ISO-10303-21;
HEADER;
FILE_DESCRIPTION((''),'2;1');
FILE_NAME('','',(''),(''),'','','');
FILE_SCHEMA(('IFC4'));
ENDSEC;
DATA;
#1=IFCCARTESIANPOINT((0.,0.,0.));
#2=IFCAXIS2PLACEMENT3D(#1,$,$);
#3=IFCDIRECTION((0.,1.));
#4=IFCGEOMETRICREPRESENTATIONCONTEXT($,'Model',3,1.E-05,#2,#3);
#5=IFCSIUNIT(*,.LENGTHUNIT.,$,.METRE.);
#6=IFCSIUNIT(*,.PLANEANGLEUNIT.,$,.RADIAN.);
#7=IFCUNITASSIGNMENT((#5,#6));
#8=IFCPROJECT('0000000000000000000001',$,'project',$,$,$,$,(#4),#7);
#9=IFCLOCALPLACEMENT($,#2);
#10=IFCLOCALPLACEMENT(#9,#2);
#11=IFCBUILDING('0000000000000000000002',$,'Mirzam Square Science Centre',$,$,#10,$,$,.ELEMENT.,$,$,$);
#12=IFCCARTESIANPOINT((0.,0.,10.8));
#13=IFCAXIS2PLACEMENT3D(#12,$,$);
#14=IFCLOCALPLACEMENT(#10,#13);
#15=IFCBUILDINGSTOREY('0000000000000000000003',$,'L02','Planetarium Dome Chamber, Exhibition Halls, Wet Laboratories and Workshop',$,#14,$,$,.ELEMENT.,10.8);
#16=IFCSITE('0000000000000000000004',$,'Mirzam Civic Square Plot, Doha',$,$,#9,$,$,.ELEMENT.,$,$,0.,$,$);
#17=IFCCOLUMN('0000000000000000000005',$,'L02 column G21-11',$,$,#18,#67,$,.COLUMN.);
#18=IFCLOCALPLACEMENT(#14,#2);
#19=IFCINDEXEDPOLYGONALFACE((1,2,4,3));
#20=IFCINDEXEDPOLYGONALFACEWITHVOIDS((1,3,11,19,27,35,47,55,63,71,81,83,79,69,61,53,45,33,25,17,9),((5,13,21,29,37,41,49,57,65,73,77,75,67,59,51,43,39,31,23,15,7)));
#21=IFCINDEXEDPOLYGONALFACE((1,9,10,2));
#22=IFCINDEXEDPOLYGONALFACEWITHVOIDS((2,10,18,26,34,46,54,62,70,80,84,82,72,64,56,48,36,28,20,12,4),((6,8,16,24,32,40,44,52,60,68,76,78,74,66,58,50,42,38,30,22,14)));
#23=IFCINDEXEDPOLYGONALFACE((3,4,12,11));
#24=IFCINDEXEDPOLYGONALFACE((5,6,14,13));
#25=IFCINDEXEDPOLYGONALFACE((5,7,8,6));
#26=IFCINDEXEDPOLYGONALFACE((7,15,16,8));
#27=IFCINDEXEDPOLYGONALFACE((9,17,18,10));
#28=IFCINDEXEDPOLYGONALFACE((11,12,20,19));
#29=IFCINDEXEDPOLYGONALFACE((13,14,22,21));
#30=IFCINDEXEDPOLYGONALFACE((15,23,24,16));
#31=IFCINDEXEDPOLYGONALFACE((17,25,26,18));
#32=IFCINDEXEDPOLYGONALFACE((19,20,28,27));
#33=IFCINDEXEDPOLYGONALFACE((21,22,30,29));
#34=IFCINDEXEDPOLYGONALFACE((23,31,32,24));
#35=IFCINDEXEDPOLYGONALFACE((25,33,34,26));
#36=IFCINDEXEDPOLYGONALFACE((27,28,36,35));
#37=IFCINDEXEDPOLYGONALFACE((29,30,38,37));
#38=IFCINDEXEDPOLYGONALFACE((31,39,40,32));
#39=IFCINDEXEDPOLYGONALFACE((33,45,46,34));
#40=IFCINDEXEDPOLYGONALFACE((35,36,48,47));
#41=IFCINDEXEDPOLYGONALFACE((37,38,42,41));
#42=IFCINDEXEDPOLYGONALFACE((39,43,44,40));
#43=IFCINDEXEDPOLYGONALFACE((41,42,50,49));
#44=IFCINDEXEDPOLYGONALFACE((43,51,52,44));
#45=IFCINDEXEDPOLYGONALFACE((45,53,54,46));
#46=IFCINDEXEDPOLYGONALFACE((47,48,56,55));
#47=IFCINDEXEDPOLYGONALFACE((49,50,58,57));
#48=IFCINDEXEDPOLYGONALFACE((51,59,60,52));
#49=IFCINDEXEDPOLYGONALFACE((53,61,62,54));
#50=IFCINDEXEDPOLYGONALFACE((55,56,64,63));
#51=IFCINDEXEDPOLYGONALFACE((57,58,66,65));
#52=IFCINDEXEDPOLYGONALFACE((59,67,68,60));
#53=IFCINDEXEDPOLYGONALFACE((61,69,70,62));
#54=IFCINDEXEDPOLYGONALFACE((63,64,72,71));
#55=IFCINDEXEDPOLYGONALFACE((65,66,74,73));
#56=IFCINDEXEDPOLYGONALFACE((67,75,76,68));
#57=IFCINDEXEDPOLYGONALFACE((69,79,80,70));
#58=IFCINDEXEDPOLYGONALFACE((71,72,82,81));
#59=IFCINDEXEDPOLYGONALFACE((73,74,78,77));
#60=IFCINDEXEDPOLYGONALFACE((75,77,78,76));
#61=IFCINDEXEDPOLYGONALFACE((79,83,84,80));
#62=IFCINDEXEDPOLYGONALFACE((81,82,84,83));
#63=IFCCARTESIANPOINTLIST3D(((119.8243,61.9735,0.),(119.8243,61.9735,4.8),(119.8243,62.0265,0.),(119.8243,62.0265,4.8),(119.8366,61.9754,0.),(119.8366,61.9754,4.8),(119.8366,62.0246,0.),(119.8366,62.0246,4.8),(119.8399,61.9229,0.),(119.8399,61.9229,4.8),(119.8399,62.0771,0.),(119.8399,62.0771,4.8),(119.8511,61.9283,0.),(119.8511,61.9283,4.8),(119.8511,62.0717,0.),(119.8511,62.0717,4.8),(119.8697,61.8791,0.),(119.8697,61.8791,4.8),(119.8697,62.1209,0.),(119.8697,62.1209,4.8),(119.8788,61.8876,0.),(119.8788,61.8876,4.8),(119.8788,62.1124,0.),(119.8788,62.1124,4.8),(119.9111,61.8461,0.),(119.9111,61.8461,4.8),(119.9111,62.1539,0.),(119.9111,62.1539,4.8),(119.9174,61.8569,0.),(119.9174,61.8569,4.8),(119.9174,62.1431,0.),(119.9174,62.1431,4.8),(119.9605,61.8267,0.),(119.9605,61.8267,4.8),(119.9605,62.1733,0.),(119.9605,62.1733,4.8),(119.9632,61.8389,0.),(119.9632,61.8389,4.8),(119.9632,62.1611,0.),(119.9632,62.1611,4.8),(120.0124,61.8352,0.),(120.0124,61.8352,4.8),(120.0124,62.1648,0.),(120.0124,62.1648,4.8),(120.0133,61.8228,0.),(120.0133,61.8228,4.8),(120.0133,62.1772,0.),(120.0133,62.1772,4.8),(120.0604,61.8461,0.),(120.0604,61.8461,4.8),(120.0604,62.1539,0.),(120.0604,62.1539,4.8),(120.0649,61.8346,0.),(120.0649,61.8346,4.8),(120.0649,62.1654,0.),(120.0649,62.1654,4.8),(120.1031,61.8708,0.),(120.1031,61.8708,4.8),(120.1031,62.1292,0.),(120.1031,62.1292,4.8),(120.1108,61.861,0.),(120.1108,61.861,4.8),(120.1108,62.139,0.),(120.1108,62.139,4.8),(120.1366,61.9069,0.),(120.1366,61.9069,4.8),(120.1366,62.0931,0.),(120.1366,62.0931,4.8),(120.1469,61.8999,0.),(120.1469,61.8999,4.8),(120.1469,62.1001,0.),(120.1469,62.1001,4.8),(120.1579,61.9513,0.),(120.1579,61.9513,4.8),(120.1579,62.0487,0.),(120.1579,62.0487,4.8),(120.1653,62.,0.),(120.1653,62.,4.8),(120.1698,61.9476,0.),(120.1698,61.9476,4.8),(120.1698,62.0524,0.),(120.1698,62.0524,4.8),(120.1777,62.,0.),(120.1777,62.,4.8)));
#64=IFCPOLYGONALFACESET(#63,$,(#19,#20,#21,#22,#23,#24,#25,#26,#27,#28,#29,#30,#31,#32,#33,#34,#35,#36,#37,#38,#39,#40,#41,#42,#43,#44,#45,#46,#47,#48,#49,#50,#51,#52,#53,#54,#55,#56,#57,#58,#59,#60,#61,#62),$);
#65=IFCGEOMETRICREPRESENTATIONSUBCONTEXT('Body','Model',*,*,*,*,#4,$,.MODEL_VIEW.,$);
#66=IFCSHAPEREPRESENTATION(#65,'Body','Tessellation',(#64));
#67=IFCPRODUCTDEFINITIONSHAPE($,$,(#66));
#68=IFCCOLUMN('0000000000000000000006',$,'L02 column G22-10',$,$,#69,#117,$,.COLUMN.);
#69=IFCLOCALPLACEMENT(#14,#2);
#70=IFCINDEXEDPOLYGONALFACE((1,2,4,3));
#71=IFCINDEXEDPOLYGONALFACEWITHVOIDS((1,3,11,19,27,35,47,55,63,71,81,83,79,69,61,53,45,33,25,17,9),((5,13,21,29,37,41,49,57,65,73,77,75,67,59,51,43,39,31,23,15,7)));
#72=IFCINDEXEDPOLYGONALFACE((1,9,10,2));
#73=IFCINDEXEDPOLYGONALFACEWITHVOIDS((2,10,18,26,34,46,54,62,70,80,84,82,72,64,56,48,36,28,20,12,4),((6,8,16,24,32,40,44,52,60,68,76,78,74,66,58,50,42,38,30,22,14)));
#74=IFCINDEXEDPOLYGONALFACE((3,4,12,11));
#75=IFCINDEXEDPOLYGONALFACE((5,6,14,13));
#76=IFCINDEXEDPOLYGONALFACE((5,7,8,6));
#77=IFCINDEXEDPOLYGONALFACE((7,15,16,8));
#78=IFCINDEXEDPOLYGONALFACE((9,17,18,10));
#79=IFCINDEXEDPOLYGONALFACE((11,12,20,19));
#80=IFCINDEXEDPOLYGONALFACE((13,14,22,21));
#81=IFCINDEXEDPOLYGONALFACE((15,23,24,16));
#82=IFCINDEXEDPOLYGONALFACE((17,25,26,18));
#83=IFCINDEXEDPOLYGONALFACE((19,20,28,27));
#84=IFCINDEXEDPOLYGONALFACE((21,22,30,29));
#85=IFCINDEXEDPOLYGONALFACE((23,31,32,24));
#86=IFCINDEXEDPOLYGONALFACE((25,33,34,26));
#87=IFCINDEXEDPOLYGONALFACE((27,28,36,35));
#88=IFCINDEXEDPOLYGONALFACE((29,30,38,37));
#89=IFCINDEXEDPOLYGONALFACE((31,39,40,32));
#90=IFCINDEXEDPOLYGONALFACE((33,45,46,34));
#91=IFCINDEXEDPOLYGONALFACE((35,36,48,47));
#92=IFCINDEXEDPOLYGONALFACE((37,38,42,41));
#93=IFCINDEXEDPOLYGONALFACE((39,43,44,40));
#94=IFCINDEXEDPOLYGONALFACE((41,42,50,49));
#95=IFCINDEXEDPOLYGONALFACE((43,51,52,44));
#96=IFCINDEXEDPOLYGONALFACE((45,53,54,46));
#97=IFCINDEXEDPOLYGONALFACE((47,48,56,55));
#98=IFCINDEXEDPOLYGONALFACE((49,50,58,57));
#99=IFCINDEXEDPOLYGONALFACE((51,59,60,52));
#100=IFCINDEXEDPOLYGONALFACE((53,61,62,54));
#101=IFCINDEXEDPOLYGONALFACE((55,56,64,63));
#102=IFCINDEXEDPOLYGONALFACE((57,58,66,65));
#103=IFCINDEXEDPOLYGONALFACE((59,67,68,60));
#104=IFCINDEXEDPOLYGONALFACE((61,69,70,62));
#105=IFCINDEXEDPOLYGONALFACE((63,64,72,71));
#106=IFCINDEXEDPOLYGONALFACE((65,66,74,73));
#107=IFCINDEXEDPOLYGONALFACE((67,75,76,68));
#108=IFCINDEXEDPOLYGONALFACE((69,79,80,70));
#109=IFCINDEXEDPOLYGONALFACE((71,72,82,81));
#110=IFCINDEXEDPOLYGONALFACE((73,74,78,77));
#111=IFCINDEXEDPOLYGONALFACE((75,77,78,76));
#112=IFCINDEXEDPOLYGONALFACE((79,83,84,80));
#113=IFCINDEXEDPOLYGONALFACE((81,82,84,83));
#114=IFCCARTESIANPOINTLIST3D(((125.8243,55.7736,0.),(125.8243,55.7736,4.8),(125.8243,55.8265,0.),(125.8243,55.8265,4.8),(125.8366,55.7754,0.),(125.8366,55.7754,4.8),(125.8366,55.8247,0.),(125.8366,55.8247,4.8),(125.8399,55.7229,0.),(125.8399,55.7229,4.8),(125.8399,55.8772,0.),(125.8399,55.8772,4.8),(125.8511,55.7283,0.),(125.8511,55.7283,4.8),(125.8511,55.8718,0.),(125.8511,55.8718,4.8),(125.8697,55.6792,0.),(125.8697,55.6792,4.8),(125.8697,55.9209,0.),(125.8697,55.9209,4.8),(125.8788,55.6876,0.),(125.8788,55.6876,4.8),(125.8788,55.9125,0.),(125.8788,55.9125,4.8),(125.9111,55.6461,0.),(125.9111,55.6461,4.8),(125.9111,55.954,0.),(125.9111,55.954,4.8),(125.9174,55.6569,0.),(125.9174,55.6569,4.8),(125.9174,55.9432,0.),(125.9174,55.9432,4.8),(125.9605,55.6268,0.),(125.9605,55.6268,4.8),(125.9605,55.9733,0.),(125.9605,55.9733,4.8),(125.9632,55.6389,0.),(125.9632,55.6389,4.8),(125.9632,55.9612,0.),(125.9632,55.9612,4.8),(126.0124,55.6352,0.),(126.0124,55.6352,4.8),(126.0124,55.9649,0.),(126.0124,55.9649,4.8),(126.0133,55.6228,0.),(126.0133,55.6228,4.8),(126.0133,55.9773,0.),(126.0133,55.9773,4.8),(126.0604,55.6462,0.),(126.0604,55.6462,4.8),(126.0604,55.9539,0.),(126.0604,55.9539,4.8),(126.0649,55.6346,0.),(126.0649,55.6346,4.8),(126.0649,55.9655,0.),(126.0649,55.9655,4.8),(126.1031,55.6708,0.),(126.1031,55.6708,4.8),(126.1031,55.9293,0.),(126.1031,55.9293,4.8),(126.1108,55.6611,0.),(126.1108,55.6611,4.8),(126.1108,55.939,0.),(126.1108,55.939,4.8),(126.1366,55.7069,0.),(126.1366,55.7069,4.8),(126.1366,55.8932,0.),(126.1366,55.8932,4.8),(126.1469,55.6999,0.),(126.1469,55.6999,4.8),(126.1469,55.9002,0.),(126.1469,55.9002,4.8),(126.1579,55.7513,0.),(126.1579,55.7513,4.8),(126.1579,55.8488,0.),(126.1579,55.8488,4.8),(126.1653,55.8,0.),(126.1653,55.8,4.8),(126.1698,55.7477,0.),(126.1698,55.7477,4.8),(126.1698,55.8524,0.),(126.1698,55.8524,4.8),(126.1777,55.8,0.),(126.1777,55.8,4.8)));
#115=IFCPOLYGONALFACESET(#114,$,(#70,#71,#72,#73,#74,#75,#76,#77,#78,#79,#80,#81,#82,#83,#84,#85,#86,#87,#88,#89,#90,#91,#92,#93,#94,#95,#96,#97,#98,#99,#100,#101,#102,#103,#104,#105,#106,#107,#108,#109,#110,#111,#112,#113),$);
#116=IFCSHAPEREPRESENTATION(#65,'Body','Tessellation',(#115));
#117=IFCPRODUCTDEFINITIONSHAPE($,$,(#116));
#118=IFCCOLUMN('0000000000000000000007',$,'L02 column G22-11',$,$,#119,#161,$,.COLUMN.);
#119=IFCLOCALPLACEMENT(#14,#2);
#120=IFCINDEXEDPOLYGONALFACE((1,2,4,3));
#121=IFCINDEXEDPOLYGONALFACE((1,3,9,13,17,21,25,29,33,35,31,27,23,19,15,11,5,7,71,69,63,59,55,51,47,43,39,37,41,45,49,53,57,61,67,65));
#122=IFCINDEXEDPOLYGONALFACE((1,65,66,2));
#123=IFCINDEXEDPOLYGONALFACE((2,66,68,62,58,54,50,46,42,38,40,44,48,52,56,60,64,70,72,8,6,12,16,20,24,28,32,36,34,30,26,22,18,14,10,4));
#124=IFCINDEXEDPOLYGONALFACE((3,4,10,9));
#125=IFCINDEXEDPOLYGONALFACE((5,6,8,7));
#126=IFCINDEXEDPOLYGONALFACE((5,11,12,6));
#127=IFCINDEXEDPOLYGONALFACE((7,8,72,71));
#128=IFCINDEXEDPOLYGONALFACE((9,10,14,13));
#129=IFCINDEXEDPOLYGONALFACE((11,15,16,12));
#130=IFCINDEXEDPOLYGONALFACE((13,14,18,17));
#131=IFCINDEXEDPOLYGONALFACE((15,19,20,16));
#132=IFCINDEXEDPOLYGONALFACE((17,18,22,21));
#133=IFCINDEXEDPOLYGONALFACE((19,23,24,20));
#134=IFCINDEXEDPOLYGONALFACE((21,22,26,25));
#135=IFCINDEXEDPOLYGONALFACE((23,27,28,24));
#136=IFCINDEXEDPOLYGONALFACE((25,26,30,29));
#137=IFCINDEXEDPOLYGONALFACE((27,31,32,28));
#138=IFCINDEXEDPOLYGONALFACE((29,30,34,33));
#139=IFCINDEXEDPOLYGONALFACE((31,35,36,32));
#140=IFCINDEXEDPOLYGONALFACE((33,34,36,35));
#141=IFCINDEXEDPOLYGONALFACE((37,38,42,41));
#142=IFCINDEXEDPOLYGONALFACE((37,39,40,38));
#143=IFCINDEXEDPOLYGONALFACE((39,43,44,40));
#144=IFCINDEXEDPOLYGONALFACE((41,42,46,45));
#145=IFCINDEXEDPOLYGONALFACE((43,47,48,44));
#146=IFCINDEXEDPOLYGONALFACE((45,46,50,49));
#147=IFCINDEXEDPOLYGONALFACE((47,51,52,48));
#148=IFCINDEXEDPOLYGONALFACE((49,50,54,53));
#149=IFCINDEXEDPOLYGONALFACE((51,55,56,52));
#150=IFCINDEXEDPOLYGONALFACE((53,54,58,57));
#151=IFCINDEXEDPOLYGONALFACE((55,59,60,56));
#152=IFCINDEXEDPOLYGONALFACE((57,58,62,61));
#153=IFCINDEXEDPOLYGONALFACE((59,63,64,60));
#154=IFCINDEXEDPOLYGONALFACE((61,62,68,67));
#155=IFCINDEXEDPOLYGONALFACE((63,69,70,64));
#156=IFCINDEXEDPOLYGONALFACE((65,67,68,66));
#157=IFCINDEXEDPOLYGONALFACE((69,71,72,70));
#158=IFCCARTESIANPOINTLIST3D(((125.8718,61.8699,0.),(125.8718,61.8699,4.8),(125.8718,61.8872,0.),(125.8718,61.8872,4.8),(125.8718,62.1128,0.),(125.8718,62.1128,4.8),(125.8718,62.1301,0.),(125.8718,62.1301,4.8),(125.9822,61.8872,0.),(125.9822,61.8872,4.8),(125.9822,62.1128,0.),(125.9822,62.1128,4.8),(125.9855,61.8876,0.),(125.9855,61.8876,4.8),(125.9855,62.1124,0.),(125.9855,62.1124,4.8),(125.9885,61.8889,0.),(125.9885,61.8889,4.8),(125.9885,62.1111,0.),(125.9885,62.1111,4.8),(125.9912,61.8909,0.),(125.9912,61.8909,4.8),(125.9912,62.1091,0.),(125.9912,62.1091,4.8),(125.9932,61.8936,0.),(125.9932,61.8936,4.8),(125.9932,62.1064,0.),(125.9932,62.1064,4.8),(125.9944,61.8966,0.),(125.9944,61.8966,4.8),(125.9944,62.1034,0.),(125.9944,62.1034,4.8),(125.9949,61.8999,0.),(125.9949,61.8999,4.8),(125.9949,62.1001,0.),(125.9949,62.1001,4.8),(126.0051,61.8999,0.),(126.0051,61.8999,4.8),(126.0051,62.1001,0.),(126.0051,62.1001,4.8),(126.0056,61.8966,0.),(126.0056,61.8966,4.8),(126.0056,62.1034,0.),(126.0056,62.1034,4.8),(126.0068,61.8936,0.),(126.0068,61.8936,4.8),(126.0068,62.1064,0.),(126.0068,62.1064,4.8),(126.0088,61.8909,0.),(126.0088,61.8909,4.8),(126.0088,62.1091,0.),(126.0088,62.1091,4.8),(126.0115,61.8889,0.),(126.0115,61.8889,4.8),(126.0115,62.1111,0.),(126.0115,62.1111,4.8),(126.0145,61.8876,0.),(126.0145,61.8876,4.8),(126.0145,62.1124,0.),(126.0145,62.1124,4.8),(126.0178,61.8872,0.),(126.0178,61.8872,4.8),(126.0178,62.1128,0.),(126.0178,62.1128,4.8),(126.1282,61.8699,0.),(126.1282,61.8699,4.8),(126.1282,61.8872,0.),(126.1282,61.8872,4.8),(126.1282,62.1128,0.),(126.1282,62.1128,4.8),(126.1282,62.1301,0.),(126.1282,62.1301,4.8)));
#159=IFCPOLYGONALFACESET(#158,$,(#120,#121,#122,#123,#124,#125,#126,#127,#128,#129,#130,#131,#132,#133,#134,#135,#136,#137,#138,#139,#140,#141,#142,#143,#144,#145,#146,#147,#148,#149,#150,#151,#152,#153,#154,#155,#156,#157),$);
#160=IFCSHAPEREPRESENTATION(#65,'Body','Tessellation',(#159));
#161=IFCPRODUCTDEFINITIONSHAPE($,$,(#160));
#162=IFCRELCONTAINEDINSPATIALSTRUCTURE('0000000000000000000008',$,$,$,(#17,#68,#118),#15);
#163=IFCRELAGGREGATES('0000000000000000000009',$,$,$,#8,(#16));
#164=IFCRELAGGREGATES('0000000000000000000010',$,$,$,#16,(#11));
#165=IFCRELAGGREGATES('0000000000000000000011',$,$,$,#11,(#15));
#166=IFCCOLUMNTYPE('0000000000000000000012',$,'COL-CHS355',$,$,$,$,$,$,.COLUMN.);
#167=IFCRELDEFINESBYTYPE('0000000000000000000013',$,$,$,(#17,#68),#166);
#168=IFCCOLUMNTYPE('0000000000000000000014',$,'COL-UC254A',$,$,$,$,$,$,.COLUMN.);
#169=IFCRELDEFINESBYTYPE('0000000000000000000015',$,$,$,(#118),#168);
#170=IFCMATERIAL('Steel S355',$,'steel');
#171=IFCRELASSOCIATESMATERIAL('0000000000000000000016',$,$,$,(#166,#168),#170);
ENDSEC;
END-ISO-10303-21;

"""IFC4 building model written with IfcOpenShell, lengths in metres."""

from ifc_helpers import new_model, si_unit, direction, frame, origin, origin_2d, place, context, subcontext, project, spatial, hollow_circle, i_section, extrude, material, material_profile, profile_set, type_object, element, save


model = new_model("IFC4")

# Units and contexts
model_context = context("Model", 3, precision=1e-05, world=origin(), true_north=direction((0.0, 1.0)))
body_context = subcontext(model_context, "Body", "Model", "MODEL_VIEW")
ifc_project = project(units=[si_unit("LENGTHUNIT", "METRE"), si_unit("PLANEANGLEUNIT", "RADIAN")], contexts=[model_context])

# Site, building, storey
site_placement = place(None, origin())
site = spatial("IfcSite", under=ifc_project, at=site_placement, Name="Mirzam Civic Square Plot, Doha", CompositionType="ELEMENT", RefElevation=0.0)
building_placement = place(site_placement, origin())
building = spatial("IfcBuilding", under=site, at=building_placement, Name="Mirzam Square Science Centre", CompositionType="ELEMENT")
storey_placement = place(building_placement, frame((0.0, 0.0, 10.8)))
storey = spatial("IfcBuildingStorey", under=building, at=storey_placement, Name="L02", Description="Planetarium Dome Chamber, Exhibition Halls, Wet Laboratories and Workshop", CompositionType="ELEMENT", Elevation=10.8)

# Columns
ifc_material_1 = material(Name="Steel S355", Category="steel")
ifc_material_profile_1 = material_profile(ifc_material_1, hollow_circle(Radius=0.1777, WallThickness=0.0125, at=origin_2d()), Name="355.6x12.5CHS")
ifc_profile_set_1 = profile_set([ifc_material_profile_1], Name="Steel S355")
column_type_1 = type_object("IfcColumnType", Name="COL-CHS355", PredefinedType="COLUMN", material=ifc_profile_set_1)
for number, where, z_axis, x_axis, name in (
    (1, (120.0, 62.0, 0.0), (0.0, 0.0, 1.0), (1.0, 0.0, 0.0), "L02 column G21-11"),
    (2, (126.0, 55.8, 0.0), (0.0, 0.0, 1.0), (1.0, 0.0, 0.0), "L02 column G22-10"),
):
    element("IfcColumn", number, at=place(storey_placement, frame(where, z_axis=z_axis, x_axis=x_axis)), inside=storey, type_object=column_type_1, Name=name, PredefinedType="COLUMN", context=body_context, shape_type="SweptSolid", body=[
        extrude(hollow_circle(Radius=0.1777, WallThickness=0.0125, at=origin_2d()), origin(), (0.0, 0.0, 1.0), 4.8),
    ])
ifc_material_profile_2 = material_profile(ifc_material_1, i_section(OverallWidth=0.2563, OverallDepth=0.2603, WebThickness=0.0103, FlangeThickness=0.0173, FilletRadius=0.0127, at=origin_2d()), Name="254x254x89UC")
ifc_profile_set_2 = profile_set([ifc_material_profile_2], Name="Steel S355")
column_type_2 = type_object("IfcColumnType", Name="COL-UC254A", PredefinedType="COLUMN", material=ifc_profile_set_2)
column_1_placement = place(storey_placement, frame((126.0, 62.0, 0.0), z_axis=(0.0, 0.0, 1.0), x_axis=(1.0, 0.0, 0.0)))
element("IfcColumn", 3, at=column_1_placement, inside=storey, type_object=column_type_2, Name="L02 column G22-11", PredefinedType="COLUMN", context=body_context, shape_type="SweptSolid", body=[
    extrude(i_section(OverallWidth=0.2563, OverallDepth=0.2603, WebThickness=0.0103, FlangeThickness=0.0173, FilletRadius=0.0127, at=origin_2d()), origin(), (0.0, 0.0, 1.0), 4.8),
])

save(model, "model.ifc")
